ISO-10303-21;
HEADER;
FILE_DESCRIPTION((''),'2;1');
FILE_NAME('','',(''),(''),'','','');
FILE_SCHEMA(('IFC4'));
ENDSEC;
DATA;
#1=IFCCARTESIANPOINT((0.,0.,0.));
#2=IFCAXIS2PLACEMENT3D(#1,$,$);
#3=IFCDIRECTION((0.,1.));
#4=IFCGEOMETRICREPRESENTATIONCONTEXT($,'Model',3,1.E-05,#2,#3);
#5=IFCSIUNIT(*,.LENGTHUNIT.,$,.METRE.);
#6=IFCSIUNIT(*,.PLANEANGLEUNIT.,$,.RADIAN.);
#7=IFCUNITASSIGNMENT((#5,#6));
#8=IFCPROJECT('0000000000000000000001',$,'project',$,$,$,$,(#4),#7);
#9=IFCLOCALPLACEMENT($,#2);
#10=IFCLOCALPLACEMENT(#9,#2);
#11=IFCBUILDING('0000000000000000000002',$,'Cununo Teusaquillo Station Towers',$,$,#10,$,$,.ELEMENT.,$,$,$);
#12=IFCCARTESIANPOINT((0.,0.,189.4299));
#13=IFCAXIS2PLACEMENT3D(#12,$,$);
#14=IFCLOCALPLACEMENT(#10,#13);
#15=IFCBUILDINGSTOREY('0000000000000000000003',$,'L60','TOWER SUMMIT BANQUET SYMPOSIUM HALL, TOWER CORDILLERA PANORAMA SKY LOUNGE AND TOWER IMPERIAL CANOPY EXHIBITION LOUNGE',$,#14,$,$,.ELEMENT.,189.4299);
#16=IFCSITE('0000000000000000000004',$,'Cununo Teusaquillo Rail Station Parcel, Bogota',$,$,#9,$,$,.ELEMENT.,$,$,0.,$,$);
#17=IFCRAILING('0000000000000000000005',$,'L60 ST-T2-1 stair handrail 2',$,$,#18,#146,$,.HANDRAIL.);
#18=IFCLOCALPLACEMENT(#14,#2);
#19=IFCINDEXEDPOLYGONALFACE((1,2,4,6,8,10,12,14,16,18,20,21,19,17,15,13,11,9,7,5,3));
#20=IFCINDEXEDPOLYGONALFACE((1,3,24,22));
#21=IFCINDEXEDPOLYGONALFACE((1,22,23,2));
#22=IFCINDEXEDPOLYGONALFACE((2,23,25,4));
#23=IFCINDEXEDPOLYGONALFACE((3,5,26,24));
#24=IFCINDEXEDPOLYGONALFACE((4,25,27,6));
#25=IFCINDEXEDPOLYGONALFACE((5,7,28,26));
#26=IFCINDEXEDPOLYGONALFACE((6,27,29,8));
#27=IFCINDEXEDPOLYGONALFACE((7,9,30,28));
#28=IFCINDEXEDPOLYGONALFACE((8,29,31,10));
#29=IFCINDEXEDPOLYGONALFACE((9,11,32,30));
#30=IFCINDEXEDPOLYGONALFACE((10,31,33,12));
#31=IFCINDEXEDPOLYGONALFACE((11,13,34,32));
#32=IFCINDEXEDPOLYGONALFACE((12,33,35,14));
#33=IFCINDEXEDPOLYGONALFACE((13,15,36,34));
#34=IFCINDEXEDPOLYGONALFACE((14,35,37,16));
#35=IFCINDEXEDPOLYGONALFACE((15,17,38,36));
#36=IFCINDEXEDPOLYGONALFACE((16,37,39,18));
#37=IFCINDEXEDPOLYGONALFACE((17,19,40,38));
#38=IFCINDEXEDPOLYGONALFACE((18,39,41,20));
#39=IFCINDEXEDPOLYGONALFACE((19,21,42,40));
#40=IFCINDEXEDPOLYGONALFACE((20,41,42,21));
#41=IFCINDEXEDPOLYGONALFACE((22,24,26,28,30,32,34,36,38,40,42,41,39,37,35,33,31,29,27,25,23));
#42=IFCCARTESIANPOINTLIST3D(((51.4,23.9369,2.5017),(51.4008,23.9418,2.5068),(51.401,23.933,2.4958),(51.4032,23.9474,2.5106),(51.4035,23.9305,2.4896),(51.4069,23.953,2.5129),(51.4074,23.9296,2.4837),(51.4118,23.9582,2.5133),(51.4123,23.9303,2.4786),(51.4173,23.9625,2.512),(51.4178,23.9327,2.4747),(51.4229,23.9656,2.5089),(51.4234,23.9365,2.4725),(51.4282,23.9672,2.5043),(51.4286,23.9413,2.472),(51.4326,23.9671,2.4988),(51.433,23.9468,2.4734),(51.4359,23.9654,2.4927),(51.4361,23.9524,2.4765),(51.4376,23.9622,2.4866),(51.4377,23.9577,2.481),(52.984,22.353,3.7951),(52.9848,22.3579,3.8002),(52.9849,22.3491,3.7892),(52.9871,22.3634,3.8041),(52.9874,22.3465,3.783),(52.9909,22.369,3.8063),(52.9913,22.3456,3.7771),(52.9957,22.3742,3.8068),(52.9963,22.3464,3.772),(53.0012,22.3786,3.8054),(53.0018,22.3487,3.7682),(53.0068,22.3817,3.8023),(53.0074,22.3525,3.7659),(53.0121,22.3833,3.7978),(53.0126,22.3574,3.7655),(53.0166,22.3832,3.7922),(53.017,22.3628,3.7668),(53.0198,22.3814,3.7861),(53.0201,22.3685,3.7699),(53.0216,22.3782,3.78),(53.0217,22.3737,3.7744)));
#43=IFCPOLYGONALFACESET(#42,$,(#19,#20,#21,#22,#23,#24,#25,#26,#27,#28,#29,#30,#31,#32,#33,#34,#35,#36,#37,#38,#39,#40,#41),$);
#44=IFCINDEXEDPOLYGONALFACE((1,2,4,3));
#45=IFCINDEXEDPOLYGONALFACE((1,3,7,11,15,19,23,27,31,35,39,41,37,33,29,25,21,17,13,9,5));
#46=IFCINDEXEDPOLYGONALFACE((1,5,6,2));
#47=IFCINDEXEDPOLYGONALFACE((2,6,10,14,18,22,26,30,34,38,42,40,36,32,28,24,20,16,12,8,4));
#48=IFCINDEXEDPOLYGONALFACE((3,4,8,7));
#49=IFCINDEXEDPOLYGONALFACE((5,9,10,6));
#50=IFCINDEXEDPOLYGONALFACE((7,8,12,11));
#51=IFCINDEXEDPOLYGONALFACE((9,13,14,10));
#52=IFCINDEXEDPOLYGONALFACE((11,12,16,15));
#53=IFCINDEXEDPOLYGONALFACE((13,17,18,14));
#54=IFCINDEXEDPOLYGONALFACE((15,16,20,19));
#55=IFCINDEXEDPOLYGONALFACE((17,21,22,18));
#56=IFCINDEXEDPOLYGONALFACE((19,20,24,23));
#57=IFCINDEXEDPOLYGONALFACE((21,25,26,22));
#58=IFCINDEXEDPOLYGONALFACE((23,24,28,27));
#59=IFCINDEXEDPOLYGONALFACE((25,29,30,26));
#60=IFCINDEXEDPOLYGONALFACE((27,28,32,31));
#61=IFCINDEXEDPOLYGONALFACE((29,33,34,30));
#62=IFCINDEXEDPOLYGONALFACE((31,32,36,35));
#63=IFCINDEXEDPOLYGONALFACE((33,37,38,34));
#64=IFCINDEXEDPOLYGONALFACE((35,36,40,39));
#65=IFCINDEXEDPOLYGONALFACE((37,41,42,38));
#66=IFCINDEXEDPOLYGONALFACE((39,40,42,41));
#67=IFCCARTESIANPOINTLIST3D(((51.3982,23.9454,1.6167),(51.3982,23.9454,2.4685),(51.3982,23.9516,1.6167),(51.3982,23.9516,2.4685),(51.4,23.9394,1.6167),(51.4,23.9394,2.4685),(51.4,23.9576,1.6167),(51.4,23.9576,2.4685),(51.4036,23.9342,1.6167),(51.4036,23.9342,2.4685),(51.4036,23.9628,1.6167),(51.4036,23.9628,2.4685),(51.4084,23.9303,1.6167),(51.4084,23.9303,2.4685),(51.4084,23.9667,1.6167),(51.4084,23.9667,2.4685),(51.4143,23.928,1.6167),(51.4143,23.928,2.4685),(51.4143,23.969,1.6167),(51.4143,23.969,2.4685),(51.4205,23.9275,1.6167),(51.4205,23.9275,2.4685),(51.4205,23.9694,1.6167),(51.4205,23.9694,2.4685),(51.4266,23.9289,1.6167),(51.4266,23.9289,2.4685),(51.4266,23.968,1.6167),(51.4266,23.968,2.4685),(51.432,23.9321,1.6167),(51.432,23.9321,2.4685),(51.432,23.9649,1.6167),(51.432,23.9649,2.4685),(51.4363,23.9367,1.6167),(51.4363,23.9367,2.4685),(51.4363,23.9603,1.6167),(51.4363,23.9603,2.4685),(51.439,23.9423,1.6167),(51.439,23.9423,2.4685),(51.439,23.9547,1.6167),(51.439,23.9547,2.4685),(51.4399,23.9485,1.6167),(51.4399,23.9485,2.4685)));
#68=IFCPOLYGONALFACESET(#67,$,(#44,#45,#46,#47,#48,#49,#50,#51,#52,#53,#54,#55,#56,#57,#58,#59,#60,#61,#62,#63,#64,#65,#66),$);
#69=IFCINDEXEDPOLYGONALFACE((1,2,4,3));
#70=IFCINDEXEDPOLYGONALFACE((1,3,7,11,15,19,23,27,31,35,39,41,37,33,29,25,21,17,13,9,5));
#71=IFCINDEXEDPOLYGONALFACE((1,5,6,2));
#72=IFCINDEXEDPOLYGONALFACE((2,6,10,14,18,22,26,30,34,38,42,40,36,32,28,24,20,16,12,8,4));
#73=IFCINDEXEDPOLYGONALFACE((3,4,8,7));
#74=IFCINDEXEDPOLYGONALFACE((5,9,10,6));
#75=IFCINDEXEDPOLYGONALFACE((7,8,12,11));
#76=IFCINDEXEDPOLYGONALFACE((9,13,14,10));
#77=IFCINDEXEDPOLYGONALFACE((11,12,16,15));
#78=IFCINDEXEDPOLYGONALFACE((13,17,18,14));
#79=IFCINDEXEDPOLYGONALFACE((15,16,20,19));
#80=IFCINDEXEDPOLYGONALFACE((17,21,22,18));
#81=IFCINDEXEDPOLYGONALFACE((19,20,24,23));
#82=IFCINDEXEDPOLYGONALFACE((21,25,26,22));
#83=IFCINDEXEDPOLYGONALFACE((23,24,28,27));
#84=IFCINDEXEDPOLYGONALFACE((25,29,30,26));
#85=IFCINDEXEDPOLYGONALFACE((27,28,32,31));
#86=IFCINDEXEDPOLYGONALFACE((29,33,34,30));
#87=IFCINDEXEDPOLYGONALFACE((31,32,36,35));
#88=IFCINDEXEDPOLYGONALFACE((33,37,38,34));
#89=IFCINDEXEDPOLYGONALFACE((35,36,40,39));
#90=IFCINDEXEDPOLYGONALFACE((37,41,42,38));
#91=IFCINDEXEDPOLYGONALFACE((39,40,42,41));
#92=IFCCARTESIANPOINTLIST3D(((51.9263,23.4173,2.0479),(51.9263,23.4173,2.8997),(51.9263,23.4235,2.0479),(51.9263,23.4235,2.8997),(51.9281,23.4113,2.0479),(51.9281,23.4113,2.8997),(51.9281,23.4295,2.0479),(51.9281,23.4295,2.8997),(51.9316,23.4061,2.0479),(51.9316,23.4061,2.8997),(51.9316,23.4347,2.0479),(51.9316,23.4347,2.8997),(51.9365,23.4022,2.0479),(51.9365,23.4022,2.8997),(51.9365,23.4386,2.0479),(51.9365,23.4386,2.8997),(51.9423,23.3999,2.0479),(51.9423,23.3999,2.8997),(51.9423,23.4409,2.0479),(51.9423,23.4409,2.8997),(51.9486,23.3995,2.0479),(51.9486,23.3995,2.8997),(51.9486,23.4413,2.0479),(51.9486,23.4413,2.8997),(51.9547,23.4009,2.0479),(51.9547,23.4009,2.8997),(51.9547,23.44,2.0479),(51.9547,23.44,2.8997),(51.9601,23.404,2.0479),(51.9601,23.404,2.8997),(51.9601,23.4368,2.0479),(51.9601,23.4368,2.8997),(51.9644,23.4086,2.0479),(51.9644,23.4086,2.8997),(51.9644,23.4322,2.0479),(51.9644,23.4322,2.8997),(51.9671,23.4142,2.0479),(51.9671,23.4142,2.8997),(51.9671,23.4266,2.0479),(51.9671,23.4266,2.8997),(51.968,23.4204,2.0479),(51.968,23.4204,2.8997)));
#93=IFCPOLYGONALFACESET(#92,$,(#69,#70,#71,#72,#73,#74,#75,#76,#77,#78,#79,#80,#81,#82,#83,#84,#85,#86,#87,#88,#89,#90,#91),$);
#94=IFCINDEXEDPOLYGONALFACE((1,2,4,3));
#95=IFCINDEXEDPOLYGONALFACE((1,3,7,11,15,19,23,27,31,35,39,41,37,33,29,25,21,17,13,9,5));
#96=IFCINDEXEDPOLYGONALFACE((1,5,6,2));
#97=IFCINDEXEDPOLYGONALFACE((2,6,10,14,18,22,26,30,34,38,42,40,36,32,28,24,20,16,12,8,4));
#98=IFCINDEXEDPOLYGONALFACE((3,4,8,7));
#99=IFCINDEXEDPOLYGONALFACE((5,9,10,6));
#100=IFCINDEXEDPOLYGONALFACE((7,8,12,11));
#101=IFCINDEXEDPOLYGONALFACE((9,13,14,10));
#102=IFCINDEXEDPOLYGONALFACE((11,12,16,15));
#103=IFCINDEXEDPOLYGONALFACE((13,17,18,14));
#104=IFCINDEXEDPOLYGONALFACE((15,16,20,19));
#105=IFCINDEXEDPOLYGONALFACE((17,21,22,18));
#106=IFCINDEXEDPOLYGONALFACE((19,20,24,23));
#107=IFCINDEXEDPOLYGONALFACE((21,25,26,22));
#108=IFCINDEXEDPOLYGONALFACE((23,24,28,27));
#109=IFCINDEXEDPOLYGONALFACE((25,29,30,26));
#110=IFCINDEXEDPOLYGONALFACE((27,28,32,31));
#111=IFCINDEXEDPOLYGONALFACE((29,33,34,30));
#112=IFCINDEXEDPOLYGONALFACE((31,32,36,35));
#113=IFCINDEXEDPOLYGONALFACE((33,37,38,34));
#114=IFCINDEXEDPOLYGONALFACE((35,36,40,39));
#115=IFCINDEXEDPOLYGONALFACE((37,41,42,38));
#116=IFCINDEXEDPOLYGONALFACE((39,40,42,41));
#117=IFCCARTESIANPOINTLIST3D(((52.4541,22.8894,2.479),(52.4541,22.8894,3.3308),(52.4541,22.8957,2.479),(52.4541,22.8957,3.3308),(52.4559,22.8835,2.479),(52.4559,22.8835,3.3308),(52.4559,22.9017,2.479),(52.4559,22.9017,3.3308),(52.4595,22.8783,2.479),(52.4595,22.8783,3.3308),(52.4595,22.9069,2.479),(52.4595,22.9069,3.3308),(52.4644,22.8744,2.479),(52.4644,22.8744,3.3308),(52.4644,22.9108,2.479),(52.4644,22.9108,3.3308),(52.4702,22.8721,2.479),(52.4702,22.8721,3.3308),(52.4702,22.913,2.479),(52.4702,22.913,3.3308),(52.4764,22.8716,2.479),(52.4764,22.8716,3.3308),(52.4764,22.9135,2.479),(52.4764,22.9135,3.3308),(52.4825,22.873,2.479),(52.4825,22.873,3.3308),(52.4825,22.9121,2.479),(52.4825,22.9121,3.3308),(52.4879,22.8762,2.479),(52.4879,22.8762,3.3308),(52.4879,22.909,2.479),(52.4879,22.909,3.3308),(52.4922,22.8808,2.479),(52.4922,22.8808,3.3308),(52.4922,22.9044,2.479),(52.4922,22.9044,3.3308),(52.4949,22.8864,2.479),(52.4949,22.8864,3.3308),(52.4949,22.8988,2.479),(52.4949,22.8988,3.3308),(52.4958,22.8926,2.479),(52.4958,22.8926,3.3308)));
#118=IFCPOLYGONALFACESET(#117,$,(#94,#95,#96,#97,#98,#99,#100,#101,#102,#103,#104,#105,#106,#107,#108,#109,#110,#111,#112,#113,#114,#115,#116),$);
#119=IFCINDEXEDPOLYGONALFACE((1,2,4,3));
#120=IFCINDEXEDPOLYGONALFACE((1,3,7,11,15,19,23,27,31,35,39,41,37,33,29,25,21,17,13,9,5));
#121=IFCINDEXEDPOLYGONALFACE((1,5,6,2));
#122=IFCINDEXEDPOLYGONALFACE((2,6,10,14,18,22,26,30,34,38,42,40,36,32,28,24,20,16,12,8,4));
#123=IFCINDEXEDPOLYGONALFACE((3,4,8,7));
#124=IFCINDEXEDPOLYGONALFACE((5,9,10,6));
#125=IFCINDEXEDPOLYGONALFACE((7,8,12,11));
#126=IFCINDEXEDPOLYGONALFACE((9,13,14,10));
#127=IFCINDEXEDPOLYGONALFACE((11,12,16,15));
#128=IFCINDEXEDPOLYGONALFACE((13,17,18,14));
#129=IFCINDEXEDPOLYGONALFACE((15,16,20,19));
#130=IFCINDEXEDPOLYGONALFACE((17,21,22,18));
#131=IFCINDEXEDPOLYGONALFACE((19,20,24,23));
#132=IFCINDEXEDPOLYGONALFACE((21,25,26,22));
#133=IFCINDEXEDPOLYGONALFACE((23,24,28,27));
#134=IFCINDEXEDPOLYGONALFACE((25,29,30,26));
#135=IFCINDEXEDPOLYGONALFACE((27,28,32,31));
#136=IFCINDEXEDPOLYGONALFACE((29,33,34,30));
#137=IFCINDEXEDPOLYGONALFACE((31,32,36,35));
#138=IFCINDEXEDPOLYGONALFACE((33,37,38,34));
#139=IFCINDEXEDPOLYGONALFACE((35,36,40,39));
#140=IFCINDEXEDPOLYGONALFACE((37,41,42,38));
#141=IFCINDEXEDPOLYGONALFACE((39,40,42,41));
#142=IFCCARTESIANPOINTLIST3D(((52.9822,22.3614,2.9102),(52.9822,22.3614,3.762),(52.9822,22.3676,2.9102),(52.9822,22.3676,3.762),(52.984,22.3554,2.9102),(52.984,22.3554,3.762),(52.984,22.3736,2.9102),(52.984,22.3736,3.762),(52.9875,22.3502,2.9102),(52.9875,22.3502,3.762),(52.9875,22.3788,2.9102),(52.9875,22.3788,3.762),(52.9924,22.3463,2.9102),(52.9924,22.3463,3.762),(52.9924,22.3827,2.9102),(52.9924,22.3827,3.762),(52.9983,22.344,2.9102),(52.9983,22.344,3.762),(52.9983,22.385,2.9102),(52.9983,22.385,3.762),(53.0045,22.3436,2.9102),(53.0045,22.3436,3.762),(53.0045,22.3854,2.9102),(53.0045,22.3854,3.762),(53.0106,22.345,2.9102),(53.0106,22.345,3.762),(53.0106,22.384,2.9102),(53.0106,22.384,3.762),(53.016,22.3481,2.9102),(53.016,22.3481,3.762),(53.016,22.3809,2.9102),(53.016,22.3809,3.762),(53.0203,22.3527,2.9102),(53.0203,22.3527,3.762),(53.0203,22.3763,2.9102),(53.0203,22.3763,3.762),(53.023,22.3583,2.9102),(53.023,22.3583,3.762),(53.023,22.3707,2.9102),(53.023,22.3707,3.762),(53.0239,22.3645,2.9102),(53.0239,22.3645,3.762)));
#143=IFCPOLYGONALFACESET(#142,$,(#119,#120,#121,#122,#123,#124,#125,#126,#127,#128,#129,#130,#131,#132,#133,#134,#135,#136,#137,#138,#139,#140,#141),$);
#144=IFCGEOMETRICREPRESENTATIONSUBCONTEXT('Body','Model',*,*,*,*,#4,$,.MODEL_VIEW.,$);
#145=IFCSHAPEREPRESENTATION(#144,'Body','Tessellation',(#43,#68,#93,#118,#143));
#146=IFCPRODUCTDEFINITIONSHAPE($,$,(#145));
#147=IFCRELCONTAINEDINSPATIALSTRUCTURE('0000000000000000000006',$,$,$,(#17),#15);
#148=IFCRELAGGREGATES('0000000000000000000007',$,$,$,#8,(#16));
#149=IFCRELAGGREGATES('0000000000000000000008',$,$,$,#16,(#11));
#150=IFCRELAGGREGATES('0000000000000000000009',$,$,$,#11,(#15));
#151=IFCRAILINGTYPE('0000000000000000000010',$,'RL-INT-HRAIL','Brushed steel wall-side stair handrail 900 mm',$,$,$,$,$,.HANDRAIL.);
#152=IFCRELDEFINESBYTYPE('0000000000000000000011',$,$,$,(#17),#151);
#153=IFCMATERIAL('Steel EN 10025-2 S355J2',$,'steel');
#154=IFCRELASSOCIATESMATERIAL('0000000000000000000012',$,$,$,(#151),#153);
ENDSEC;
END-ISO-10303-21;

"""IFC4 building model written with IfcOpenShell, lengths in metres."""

from ifc_helpers import new_model, si_unit, direction, frame, origin, origin_2d, place, context, subcontext, project, spatial, circle, extrude, material, type_object, element, save


model = new_model("IFC4")

# Units and contexts
model_context = context("Model", 3, precision=1e-05, world=origin(), true_north=direction((0.0, 1.0)))
body_context = subcontext(model_context, "Body", "Model", "MODEL_VIEW")
ifc_project = project(units=[si_unit("LENGTHUNIT", "METRE"), si_unit("PLANEANGLEUNIT", "RADIAN")], contexts=[model_context])

# Site, building, storey
site_placement = place(None, origin())
site = spatial("IfcSite", under=ifc_project, at=site_placement, Name="Cununo Teusaquillo Rail Station Parcel, Bogota", CompositionType="ELEMENT", RefElevation=0.0)
building_placement = place(site_placement, origin())
building = spatial("IfcBuilding", under=site, at=building_placement, Name="Cununo Teusaquillo Station Towers", CompositionType="ELEMENT")
storey_placement = place(building_placement, frame((0.0, 0.0, 189.4299)))
storey = spatial("IfcBuildingStorey", under=building, at=storey_placement, Name="L60", Description="TOWER SUMMIT BANQUET SYMPOSIUM HALL, TOWER CORDILLERA PANORAMA SKY LOUNGE AND TOWER IMPERIAL CANOPY EXHIBITION LOUNGE", CompositionType="ELEMENT", Elevation=189.4299)

# Railing
ifc_material_1 = material(Name="Steel EN 10025-2 S355J2", Category="steel")
railing_type = type_object("IfcRailingType", Name="RL-INT-HRAIL", Description="Brushed steel wall-side stair handrail 900 mm", PredefinedType="HANDRAIL", material=ifc_material_1)
railing_placement = place(storey_placement, frame((51.4189, 23.9485, 1.6167)))
element("IfcRailing", 1, at=railing_placement, inside=storey, type_object=railing_type, Name="L60 ST-T2-1 stair handrail 2", PredefinedType="HANDRAIL", context=body_context, shape_type="SweptSolid", body=[
    extrude(circle(Radius=0.0239, at=origin_2d()), frame((0.0, 0.0, 0.876), z_axis=(0.612356, -0.612356, 0.50004), x_axis=(0.707107, 0.707107, 0.0)), (0.0, 0.0, 1.0), 2.5867),
    extrude(circle(Radius=0.021, at=origin_2d()), origin(), (0.0, 0.0, 1.0), 0.8518),
    extrude(circle(Radius=0.021, at=origin_2d()), frame((0.5281, -0.5281, 0.4312)), (0.0, 0.0, 1.0), 0.8518),
    extrude(circle(Radius=0.021, at=origin_2d()), frame((1.0559, -1.0559, 0.8623)), (0.0, 0.0, 1.0), 0.8518),
    extrude(circle(Radius=0.021, at=origin_2d()), frame((1.584, -1.584, 1.2935)), (0.0, 0.0, 1.0), 0.8518),
])

save(model, "model.ifc")
